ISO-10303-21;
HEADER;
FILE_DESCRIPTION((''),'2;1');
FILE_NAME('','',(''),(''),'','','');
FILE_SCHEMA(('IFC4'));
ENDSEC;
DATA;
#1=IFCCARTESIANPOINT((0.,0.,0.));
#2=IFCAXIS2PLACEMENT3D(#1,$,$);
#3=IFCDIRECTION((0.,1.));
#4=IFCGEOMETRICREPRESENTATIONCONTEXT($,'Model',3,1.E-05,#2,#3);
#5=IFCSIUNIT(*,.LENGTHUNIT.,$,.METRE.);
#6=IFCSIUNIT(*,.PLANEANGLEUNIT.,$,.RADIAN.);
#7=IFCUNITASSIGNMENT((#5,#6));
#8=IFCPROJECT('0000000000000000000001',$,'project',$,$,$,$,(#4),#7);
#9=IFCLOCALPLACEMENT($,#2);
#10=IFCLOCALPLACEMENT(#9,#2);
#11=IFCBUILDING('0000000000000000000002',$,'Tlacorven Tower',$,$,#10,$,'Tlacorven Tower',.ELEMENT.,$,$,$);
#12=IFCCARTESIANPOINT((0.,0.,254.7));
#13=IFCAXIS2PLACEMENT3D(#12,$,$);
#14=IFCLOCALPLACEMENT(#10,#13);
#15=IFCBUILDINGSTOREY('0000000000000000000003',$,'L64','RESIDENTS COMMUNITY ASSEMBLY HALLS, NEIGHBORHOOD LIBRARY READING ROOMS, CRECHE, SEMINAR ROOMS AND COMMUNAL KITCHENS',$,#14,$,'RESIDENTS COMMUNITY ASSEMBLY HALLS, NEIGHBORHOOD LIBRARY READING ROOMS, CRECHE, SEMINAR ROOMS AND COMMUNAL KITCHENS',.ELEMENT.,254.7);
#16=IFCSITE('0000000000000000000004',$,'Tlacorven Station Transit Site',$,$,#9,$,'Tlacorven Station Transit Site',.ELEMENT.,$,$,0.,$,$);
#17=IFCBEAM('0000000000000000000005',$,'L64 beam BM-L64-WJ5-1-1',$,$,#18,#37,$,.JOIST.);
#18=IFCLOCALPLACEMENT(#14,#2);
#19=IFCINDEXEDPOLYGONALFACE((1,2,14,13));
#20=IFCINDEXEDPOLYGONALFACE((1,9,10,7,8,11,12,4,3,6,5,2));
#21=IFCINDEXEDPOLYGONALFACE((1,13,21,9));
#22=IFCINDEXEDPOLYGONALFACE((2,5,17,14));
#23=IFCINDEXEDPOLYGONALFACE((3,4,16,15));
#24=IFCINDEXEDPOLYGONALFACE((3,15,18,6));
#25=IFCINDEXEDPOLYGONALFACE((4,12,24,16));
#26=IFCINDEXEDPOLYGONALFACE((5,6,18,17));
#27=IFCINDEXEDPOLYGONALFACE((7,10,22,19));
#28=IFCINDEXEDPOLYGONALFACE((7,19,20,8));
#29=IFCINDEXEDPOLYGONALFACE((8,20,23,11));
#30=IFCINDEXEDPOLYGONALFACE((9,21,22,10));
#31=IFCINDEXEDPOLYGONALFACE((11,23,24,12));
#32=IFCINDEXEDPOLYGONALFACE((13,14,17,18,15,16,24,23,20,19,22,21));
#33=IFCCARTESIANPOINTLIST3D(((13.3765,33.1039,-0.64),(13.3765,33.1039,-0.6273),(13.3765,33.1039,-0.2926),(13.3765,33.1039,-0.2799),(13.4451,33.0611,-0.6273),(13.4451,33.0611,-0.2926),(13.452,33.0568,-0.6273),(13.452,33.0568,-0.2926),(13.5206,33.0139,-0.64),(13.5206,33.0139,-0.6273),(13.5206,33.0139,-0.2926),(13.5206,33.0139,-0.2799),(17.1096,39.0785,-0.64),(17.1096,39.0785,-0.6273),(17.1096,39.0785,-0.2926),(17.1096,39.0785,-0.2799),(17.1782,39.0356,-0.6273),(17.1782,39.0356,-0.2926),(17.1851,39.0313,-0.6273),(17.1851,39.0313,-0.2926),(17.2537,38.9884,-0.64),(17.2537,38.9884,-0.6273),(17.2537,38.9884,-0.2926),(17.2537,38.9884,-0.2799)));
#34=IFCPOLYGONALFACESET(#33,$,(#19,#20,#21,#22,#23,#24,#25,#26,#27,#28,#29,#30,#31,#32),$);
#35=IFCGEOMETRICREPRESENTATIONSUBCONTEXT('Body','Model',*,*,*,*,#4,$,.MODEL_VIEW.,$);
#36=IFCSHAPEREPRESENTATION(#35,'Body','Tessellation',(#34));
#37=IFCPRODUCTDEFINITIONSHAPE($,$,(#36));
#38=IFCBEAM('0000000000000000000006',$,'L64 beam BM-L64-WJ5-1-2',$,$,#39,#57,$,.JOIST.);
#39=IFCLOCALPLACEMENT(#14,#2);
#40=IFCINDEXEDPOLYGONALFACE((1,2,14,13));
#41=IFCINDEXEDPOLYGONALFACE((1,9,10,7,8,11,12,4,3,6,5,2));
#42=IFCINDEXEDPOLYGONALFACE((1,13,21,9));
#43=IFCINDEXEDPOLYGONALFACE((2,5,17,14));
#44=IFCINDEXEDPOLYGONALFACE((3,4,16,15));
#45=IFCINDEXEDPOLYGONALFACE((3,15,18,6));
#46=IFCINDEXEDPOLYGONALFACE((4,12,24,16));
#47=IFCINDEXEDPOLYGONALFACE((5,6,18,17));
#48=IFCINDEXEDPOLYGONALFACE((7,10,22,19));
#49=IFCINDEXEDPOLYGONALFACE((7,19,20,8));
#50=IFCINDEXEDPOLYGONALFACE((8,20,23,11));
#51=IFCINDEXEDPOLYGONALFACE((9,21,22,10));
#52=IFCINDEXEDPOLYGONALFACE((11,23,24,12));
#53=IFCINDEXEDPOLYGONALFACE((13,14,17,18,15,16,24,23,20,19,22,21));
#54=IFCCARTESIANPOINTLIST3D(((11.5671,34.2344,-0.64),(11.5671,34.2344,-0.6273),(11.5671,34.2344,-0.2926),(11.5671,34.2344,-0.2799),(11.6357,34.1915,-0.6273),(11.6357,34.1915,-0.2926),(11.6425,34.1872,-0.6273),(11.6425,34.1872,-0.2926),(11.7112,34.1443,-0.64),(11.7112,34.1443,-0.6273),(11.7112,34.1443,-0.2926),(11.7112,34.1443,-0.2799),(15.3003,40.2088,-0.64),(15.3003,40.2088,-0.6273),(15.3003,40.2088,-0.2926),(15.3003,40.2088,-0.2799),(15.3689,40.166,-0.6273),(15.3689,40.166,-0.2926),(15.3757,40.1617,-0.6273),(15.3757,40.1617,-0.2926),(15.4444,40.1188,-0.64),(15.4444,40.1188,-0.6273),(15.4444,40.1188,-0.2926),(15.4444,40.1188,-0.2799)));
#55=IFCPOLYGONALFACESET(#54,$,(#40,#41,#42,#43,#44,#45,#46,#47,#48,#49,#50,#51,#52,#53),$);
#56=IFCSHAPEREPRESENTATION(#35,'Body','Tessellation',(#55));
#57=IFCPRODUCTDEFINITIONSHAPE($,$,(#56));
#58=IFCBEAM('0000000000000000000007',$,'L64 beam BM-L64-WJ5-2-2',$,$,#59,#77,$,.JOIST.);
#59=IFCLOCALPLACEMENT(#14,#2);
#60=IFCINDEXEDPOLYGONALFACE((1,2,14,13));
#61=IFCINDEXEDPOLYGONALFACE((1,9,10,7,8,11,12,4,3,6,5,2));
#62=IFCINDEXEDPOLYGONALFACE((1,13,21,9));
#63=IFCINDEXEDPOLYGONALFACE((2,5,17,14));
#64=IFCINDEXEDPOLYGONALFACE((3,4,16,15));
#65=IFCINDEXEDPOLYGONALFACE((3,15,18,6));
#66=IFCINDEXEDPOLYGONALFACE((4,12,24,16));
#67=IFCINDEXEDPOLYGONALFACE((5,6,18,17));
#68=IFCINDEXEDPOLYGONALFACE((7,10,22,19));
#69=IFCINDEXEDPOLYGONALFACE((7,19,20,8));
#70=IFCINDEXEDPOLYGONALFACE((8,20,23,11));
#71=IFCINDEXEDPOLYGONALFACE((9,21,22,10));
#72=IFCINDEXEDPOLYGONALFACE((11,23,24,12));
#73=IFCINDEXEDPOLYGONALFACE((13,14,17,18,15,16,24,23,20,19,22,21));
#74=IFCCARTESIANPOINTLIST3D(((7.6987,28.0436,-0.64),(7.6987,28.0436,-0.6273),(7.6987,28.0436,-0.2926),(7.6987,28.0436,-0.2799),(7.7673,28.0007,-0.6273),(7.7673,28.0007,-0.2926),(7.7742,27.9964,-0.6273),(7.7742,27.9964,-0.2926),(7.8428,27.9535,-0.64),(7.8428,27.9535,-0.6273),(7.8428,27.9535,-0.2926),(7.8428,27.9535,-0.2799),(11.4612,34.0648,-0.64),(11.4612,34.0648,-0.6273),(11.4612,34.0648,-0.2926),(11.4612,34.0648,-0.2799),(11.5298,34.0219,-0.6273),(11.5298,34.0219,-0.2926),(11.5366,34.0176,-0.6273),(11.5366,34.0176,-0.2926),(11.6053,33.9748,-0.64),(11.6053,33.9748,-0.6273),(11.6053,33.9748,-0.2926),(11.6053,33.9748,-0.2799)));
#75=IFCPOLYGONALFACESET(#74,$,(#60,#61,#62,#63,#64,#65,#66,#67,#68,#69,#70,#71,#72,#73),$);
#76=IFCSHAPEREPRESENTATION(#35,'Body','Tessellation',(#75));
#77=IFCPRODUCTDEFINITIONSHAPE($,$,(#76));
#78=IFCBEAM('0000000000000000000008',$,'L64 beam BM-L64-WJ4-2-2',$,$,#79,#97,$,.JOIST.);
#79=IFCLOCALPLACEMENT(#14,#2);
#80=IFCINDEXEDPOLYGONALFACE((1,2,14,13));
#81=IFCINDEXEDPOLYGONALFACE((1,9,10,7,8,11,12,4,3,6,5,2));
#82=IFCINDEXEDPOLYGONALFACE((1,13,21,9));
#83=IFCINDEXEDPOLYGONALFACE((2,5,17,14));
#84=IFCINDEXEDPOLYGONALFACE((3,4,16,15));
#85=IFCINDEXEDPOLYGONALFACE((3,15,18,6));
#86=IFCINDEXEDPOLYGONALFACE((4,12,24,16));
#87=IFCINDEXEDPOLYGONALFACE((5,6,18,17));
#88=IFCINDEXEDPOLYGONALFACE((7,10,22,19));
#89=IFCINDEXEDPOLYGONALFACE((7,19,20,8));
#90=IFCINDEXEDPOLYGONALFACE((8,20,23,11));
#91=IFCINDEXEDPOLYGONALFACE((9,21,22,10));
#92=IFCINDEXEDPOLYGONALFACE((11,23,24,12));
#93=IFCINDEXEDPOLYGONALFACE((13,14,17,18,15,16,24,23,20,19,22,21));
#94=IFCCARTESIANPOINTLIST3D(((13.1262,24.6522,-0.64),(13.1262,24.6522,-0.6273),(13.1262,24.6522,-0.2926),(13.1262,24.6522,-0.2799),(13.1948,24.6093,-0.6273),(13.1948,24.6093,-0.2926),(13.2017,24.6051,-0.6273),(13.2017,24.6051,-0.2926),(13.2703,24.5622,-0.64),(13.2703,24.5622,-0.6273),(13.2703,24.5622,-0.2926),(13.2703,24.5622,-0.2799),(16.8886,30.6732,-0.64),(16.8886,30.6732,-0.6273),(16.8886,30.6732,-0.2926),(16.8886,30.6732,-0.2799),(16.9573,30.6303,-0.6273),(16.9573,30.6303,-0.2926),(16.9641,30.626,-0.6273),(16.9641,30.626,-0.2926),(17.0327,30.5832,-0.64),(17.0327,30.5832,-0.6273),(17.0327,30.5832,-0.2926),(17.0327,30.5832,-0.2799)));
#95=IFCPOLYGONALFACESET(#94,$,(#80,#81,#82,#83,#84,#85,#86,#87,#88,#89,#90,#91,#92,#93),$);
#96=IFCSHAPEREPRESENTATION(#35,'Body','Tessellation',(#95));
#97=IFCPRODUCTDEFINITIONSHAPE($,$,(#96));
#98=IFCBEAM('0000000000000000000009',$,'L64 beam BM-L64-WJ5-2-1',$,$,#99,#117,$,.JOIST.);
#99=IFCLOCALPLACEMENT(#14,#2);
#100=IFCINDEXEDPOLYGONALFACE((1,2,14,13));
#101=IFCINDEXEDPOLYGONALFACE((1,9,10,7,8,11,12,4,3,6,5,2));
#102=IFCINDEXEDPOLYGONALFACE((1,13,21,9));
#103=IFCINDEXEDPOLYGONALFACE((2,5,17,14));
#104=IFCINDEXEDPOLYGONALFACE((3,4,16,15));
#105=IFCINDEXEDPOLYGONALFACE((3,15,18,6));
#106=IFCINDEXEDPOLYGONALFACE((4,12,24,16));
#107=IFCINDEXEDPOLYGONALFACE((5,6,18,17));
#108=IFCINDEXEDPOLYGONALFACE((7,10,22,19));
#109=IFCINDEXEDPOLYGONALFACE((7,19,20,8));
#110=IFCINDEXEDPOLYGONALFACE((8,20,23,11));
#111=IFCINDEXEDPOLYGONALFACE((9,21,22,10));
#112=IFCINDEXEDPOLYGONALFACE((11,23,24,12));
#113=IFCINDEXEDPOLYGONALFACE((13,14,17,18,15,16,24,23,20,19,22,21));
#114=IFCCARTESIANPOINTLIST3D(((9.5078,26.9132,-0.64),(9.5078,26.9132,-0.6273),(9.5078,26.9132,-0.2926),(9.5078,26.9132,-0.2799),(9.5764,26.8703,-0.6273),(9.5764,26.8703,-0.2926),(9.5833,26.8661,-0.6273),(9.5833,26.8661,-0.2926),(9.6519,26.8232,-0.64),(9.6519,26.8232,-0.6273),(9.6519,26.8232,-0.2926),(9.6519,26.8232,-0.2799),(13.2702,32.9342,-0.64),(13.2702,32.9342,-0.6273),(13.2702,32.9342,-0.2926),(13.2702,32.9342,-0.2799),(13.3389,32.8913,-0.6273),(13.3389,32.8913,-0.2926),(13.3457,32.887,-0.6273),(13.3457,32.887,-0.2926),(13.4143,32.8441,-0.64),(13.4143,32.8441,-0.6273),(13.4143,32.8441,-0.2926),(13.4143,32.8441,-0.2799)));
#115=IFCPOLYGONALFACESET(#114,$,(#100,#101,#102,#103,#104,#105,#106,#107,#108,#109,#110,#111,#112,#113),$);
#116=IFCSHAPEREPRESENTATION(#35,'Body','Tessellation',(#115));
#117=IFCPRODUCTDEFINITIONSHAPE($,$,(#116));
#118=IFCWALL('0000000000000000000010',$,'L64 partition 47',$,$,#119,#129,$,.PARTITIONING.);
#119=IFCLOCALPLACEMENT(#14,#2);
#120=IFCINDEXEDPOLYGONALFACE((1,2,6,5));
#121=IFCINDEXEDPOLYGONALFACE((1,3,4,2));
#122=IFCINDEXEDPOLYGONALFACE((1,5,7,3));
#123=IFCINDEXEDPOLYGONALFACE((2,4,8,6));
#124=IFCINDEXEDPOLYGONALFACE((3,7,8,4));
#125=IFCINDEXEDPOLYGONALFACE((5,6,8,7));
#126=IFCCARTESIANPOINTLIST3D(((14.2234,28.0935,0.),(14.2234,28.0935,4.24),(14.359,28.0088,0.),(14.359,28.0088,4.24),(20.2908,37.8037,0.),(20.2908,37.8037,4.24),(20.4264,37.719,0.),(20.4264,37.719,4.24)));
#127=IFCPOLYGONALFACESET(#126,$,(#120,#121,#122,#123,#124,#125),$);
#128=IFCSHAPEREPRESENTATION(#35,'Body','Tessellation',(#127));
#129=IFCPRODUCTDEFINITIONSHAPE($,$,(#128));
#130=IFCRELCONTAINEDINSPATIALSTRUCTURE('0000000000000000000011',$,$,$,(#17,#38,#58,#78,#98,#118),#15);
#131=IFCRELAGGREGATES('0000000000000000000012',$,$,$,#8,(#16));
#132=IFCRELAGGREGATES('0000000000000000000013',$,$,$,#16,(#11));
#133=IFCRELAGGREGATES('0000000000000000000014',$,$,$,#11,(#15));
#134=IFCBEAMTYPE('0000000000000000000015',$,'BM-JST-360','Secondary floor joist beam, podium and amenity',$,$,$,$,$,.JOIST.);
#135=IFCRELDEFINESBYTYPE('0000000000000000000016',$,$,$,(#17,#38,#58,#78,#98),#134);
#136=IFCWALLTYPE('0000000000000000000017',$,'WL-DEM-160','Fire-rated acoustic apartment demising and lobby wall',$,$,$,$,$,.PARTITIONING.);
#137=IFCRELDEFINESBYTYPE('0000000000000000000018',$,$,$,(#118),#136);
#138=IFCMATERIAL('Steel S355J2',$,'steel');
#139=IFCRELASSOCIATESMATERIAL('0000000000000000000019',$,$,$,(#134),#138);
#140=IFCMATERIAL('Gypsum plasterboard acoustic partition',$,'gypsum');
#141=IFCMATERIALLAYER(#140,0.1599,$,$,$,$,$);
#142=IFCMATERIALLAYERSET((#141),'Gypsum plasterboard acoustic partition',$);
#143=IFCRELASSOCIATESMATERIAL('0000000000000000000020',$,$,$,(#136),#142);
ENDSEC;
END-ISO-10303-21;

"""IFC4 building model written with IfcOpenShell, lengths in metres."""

from ifc_helpers import new_model, si_unit, direction, frame, frame_2d, origin, origin_2d, place, context, subcontext, project, spatial, rectangle, i_section, extrude, source, transform, mapped, material, layer, layer_set, material_profile, profile_set, type_object, element, save


model = new_model("IFC4")

# Units and contexts
model_context = context("Model", 3, precision=1e-05, world=origin(), true_north=direction((0.0, 1.0)))
body_context = subcontext(model_context, "Body", "Model", "MODEL_VIEW")
ifc_project = project(units=[si_unit("LENGTHUNIT", "METRE"), si_unit("PLANEANGLEUNIT", "RADIAN")], contexts=[model_context])

# Site, building, storey
site_placement = place(None, origin())
site = spatial("IfcSite", under=ifc_project, at=site_placement, Name="Tlacorven Station Transit Site", LongName="Tlacorven Station Transit Site", CompositionType="ELEMENT", RefElevation=0.0)
building_placement = place(site_placement, origin())
building = spatial("IfcBuilding", under=site, at=building_placement, Name="Tlacorven Tower", LongName="Tlacorven Tower", CompositionType="ELEMENT")
storey_placement = place(building_placement, frame((0.0, 0.0, 254.7)))
storey = spatial("IfcBuildingStorey", under=building, at=storey_placement, Name="L64", Description="RESIDENTS COMMUNITY ASSEMBLY HALLS, NEIGHBORHOOD LIBRARY READING ROOMS, CRECHE, SEMINAR ROOMS AND COMMUNAL KITCHENS", LongName="RESIDENTS COMMUNITY ASSEMBLY HALLS, NEIGHBORHOOD LIBRARY READING ROOMS, CRECHE, SEMINAR ROOMS AND COMMUNAL KITCHENS", CompositionType="ELEMENT", Elevation=254.7)

# Beams
ifc_material_1 = material(Name="Steel S355J2", Category="steel")
ifc_material_profile_1 = material_profile(ifc_material_1, i_section(OverallWidth=0.1699, OverallDepth=0.3601, WebThickness=0.0081, FlangeThickness=0.0127, at=origin_2d()), Name="IPE 360")
ifc_profile_set_1 = profile_set([ifc_material_profile_1], Name="Steel S355J2")
beam_type_1 = type_object("IfcBeamType", Name="BM-JST-360", Description="Secondary floor joist beam, podium and amenity", PredefinedType="JOIST", material=ifc_profile_set_1)
shared_shape_1 = source(origin(), body_context, "Body", "SweptSolid", [
    extrude(i_section(OverallWidth=0.1699, OverallDepth=0.3601, WebThickness=0.0081, FlangeThickness=0.0127, at=origin_2d()), origin(), (0.0, 0.0, 1.0), 7.0449),
])
for number, where, z_axis, x_axis, name in (
    (1, (17.1816, 39.0334, -0.46), (-0.529899, -0.848061, 0.0), (0.848061, -0.529899, 0.0), "L64 beam BM-L64-WJ5-1-1"),
    (2, (15.3723, 40.1638, -0.46), (-0.529915, -0.848051, 0.0), (0.848051, -0.529915, 0.0), "L64 beam BM-L64-WJ5-1-2"),
):
    element("IfcBeam", number, at=place(storey_placement, frame(where, z_axis=z_axis, x_axis=x_axis)), inside=storey, type_object=beam_type_1, Name=name, PredefinedType="JOIST", context=body_context, shape_type="MappedRepresentation", body=[
        mapped(shared_shape_1, transform((0.0, 0.0, 0.0), scale=1.0)),
    ])
shared_shape_2 = source(origin(), body_context, "Body", "SweptSolid", [
    extrude(i_section(OverallWidth=0.1699, OverallDepth=0.3601, WebThickness=0.0081, FlangeThickness=0.0127, at=origin_2d()), origin(), (0.0, 0.0, 1.0), 7.1001),
])
beam_1_placement = place(storey_placement, frame((11.5332, 34.0198, -0.46), z_axis=(-0.529915, -0.84805, 0.0), x_axis=(0.84805, -0.529915, 0.0)))
element("IfcBeam", 3, at=beam_1_placement, inside=storey, type_object=beam_type_1, Name="L64 beam BM-L64-WJ5-2-2", PredefinedType="JOIST", context=body_context, shape_type="MappedRepresentation", body=[
    mapped(shared_shape_2, transform((0.0, 0.0, 0.0), scale=1.0)),
])
shared_shape_3 = source(origin(), body_context, "Body", "SweptSolid", [
    extrude(i_section(OverallWidth=0.1699, OverallDepth=0.3601, WebThickness=0.0081, FlangeThickness=0.0127, at=origin_2d()), origin(), (0.0, 0.0, 1.0), 7.0999),
])
for number, where, z_axis, x_axis, name in (
    (4, (16.9607, 30.6282, -0.46), (-0.529931, -0.848041, 0.0), (0.848041, -0.529931, 0.0), "L64 beam BM-L64-WJ4-2-2"),
    (5, (13.3423, 32.8892, -0.46), (-0.529931, -0.848041, 0.0), (0.848041, -0.529931, 0.0), "L64 beam BM-L64-WJ5-2-1"),
):
    element("IfcBeam", number, at=place(storey_placement, frame(where, z_axis=z_axis, x_axis=x_axis)), inside=storey, type_object=beam_type_1, Name=name, PredefinedType="JOIST", context=body_context, shape_type="MappedRepresentation", body=[
        mapped(shared_shape_3, transform((0.0, 0.0, 0.0), scale=1.0)),
    ])

# Wall
ifc_material_2 = material(Name="Gypsum plasterboard acoustic partition", Category="gypsum")
ifc_layer_1 = layer(ifc_material_2, 0.1599)
ifc_layer_set_1 = layer_set([ifc_layer_1], Name="Gypsum plasterboard acoustic partition")
wall_type_1 = type_object("IfcWallType", Name="WL-DEM-160", Description="Fire-rated acoustic apartment demising and lobby wall", PredefinedType="PARTITIONING", material=ifc_layer_set_1)
wall_1_placement = place(storey_placement, frame((20.3586, 37.7615, 0.0), z_axis=(0.0, 0.0, 1.0), x_axis=(-0.529905, -0.848057, 0.0)))
element("IfcWall", 6, at=wall_1_placement, inside=storey, type_object=wall_type_1, Name="L64 partition 47", PredefinedType="PARTITIONING", context=body_context, shape_type="SweptSolid", body=[
    extrude(rectangle(XDim=11.45, YDim=0.1599, at=frame_2d((5.7251, 0.0))), origin(), (0.0, 0.0, 1.0), 4.24),
])

save(model, "model.ifc")
